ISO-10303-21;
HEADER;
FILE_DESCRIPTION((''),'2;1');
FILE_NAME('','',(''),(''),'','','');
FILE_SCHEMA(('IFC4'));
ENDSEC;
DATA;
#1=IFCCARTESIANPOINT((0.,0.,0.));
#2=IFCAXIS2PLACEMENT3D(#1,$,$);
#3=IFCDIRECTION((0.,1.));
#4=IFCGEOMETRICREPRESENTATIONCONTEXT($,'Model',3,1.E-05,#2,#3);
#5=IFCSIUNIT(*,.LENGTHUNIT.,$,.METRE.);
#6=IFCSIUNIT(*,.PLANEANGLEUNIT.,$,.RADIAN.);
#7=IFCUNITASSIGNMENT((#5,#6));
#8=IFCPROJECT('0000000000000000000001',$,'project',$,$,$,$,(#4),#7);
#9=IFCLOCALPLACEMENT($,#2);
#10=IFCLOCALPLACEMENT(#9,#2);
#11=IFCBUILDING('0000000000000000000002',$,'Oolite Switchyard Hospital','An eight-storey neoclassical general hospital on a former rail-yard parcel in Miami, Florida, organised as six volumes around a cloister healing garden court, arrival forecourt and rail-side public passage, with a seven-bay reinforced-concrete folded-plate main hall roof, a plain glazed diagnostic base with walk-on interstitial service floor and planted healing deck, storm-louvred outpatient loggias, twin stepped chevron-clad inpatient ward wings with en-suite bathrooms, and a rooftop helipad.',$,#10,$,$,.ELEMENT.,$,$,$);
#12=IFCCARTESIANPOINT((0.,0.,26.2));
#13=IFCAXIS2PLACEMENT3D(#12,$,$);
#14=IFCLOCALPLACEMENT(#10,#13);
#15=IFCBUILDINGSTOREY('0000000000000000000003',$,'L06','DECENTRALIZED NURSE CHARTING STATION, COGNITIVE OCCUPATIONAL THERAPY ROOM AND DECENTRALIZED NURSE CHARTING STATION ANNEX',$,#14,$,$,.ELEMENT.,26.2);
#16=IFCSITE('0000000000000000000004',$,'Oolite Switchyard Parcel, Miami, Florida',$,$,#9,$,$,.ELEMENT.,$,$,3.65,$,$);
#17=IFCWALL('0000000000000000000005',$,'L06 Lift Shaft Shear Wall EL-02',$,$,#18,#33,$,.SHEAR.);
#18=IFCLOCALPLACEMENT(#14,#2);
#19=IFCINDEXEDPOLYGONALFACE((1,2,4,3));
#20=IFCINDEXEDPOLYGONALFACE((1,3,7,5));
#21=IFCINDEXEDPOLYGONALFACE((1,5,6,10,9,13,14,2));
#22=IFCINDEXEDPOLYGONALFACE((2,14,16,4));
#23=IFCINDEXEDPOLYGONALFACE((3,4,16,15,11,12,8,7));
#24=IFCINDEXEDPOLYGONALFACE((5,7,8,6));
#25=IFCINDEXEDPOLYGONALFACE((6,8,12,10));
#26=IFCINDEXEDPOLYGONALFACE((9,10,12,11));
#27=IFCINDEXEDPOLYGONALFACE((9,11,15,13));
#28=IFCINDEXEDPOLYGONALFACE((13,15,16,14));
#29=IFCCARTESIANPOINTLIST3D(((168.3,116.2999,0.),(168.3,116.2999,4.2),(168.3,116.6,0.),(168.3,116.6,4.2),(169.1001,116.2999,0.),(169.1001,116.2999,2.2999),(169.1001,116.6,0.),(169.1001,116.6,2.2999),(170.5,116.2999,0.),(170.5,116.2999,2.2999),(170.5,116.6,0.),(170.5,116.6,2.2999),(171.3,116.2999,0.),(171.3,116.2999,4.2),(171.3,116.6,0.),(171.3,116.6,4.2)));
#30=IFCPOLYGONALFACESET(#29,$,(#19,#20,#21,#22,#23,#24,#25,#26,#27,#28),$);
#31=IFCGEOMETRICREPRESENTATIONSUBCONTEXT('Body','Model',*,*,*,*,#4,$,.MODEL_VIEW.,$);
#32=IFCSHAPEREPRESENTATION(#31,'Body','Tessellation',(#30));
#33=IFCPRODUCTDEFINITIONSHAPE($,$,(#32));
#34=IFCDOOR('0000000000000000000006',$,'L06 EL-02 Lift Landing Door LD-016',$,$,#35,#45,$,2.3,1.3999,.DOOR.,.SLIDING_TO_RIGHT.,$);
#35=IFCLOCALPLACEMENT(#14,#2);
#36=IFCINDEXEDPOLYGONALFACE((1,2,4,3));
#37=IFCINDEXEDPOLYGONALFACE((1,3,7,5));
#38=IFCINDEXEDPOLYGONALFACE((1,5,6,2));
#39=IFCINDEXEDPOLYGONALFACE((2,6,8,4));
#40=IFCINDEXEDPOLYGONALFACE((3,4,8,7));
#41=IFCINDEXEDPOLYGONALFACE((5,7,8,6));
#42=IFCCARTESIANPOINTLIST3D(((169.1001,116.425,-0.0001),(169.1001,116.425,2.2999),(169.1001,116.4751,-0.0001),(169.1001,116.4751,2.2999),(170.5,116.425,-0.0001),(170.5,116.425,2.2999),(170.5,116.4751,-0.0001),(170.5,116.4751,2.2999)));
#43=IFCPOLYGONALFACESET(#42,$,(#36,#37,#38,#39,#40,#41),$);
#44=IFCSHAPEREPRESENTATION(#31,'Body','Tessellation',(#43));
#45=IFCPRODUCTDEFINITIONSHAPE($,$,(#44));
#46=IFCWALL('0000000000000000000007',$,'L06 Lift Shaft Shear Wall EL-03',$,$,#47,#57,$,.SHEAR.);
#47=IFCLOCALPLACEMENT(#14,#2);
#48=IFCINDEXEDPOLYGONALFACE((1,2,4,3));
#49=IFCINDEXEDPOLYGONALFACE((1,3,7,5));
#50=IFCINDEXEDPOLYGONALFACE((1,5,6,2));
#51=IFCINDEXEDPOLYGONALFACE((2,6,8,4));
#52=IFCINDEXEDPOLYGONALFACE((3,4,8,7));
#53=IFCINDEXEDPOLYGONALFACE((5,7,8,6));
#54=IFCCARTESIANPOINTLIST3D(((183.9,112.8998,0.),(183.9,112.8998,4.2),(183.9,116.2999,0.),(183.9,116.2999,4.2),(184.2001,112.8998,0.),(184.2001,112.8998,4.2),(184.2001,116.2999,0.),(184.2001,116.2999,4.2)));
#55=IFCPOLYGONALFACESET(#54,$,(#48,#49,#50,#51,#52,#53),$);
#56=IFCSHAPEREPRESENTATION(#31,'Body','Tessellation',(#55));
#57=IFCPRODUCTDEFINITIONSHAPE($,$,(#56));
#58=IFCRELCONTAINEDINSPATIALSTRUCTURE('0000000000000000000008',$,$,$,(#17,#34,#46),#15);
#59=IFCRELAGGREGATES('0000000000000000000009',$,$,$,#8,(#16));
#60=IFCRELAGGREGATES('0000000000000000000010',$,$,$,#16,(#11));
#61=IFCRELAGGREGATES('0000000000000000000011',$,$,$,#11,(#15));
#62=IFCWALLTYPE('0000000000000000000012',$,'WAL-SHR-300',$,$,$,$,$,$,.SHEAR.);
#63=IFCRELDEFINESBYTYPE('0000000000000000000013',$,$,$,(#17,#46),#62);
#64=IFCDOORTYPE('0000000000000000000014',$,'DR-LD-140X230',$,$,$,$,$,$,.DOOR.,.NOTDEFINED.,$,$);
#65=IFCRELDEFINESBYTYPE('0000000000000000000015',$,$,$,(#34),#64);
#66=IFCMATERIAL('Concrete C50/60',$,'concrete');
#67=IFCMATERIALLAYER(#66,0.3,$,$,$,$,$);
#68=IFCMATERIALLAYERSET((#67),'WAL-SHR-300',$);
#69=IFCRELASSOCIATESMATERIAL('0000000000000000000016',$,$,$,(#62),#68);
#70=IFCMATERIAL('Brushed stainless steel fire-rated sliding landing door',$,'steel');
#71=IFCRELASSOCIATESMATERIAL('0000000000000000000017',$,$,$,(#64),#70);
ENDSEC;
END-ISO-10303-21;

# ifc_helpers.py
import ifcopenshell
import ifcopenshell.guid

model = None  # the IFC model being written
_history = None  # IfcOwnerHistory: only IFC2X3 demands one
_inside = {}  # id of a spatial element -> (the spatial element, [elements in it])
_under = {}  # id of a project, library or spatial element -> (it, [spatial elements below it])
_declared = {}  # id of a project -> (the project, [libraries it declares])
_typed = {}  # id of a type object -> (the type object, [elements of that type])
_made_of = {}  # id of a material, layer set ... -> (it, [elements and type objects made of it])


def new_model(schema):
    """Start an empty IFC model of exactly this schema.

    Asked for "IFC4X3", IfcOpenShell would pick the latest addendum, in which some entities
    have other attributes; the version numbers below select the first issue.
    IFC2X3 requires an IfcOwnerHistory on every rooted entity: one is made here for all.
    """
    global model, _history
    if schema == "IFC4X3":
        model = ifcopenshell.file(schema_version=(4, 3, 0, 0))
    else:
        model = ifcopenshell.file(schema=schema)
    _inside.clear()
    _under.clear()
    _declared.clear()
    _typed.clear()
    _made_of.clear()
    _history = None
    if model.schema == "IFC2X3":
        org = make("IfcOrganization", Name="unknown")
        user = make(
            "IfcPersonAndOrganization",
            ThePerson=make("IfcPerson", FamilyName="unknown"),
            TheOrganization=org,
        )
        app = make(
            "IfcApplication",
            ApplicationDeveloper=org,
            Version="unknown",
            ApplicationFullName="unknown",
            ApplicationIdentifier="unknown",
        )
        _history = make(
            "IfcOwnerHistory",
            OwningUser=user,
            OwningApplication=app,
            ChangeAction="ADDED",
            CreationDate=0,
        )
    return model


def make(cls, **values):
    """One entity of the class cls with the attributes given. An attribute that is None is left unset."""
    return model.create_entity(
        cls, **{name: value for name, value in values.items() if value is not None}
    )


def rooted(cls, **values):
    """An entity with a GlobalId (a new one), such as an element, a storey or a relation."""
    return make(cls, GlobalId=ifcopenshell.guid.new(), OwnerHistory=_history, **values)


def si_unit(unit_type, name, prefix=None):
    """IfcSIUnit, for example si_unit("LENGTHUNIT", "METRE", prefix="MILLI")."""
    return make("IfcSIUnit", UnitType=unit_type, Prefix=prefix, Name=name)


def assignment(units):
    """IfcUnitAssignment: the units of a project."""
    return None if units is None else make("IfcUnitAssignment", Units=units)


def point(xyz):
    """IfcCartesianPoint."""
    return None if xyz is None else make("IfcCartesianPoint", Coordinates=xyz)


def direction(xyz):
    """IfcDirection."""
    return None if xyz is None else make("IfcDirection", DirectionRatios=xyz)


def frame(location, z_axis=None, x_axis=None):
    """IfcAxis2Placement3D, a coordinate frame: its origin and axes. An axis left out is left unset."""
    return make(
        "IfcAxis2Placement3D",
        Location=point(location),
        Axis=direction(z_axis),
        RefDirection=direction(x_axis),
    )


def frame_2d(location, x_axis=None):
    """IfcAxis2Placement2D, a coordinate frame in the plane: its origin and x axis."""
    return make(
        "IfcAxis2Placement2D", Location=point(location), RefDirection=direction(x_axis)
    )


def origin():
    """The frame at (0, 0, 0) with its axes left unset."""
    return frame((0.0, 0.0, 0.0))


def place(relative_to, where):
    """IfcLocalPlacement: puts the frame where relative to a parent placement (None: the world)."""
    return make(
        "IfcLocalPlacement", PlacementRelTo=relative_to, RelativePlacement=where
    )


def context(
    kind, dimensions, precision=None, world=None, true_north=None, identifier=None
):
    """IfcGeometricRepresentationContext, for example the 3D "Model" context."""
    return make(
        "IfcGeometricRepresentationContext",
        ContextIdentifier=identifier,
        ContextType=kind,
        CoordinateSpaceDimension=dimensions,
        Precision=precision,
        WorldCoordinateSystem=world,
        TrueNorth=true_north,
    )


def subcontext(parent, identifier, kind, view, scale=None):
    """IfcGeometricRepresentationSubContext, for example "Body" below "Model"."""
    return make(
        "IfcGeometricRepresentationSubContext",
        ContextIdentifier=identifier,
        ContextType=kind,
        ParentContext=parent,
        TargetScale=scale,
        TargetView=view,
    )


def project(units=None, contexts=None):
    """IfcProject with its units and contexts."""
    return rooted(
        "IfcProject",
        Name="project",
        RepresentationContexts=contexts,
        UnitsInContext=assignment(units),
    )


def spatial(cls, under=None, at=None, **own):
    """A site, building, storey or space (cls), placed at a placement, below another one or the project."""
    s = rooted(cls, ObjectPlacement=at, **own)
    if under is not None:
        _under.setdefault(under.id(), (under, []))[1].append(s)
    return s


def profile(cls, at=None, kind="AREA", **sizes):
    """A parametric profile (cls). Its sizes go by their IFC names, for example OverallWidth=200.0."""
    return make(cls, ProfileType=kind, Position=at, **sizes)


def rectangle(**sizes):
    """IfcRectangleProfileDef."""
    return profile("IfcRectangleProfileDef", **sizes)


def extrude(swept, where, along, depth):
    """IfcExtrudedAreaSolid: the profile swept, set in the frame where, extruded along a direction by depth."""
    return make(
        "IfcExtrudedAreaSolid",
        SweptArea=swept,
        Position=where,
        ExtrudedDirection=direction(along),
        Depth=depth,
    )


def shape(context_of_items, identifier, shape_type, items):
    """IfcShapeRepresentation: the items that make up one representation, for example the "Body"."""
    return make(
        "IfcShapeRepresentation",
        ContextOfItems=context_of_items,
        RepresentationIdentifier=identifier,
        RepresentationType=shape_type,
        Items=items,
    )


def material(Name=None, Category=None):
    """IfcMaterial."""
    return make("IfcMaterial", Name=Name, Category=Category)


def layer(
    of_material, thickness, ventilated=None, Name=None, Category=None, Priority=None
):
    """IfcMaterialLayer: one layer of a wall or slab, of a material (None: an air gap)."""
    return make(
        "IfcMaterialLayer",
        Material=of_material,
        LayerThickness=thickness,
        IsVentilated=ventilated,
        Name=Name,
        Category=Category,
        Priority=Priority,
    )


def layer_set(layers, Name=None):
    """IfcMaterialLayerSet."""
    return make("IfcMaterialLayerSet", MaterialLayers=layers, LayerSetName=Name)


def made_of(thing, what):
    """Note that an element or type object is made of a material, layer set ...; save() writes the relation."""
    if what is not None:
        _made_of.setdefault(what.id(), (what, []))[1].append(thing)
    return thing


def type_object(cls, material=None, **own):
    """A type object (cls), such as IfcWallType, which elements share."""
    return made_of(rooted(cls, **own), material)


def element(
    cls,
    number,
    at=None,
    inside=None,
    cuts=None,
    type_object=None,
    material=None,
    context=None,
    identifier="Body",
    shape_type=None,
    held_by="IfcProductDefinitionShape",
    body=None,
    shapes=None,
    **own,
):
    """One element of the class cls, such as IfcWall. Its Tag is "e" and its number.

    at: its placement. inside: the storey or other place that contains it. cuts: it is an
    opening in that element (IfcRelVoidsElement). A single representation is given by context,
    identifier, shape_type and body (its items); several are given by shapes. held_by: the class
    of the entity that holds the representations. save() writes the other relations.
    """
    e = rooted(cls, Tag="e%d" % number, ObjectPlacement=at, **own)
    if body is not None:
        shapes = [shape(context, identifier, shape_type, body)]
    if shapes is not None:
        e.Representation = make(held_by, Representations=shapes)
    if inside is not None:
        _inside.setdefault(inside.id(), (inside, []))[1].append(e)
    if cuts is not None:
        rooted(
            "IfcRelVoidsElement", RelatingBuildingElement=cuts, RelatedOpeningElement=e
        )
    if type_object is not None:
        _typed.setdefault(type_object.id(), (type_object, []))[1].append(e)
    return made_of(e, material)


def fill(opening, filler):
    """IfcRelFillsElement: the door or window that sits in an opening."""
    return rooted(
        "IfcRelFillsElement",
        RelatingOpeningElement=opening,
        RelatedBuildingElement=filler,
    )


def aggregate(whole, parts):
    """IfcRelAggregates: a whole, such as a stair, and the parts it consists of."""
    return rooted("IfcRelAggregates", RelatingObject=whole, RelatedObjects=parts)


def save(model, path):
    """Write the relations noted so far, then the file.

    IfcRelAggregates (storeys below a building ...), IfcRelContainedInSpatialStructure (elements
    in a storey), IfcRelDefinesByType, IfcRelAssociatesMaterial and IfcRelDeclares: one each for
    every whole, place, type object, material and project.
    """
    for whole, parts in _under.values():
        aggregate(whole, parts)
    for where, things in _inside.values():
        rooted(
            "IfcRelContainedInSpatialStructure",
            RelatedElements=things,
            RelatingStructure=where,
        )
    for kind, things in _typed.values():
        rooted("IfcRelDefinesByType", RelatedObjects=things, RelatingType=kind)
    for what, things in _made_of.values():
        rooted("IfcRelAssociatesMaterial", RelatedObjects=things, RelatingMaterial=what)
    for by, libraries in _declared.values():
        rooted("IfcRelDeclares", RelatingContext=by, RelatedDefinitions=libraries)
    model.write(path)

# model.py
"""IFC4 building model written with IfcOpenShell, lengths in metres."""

from ifc_helpers import new_model, si_unit, direction, frame, frame_2d, origin, place, context, subcontext, project, spatial, rectangle, extrude, material, layer, layer_set, type_object, element, fill, save


model = new_model("IFC4")

# Units and contexts
model_context = context("Model", 3, precision=1e-05, world=origin(), true_north=direction((0.0, 1.0)))
body_context = subcontext(model_context, "Body", "Model", "MODEL_VIEW")
ifc_project = project(units=[si_unit("LENGTHUNIT", "METRE"), si_unit("PLANEANGLEUNIT", "RADIAN")], contexts=[model_context])

# Site, building, storey
site_placement = place(None, origin())
site = spatial("IfcSite", under=ifc_project, at=site_placement, Name="Oolite Switchyard Parcel, Miami, Florida", CompositionType="ELEMENT", RefElevation=3.65)
building_placement = place(site_placement, origin())
building = spatial("IfcBuilding", under=site, at=building_placement, Name="Oolite Switchyard Hospital", Description="An eight-storey neoclassical general hospital on a former rail-yard parcel in Miami, Florida, organised as six volumes around a cloister healing garden court, arrival forecourt and rail-side public passage, with a seven-bay reinforced-concrete folded-plate main hall roof, a plain glazed diagnostic base with walk-on interstitial service floor and planted healing deck, storm-louvred outpatient loggias, twin stepped chevron-clad inpatient ward wings with en-suite bathrooms, and a rooftop helipad.", CompositionType="ELEMENT")
storey_placement = place(building_placement, frame((0.0, 0.0, 26.2)))
storey = spatial("IfcBuildingStorey", under=building, at=storey_placement, Name="L06", Description="DECENTRALIZED NURSE CHARTING STATION, COGNITIVE OCCUPATIONAL THERAPY ROOM AND DECENTRALIZED NURSE CHARTING STATION ANNEX", CompositionType="ELEMENT", Elevation=26.2)

# Shared definitions
ifc_material_1 = material(Name="Concrete C50/60", Category="concrete")

# Wall, opening, door
ifc_layer_1 = layer(ifc_material_1, 0.3)
ifc_layer_set_1 = layer_set([ifc_layer_1], Name="WAL-SHR-300")
wall_type_1 = type_object("IfcWallType", Name="WAL-SHR-300", PredefinedType="SHEAR", material=ifc_layer_set_1)
wall_1_placement = place(storey_placement, frame((171.3, 116.45, 0.0), z_axis=(0.0, 0.0, 1.0), x_axis=(-1.0, 0.0, 0.0)))
wall_1 = element("IfcWall", 1, at=wall_1_placement, inside=storey, type_object=wall_type_1, Name="L06 Lift Shaft Shear Wall EL-02", PredefinedType="SHEAR", context=body_context, shape_type="SweptSolid", body=[
    extrude(rectangle(XDim=3.0, YDim=0.3, at=frame_2d((1.5, 0.0))), origin(), (0.0, 0.0, 1.0), 4.2),
])
opening_1_placement = place(wall_1_placement, frame((0.8, 0.0, 0.0)))
opening_1 = element("IfcOpeningElement", 2, at=opening_1_placement, cuts=wall_1, PredefinedType="OPENING", context=body_context, shape_type="SweptSolid", body=[
    extrude(rectangle(XDim=1.3999, YDim=2.3, at=frame_2d((0.7, 1.1499))), frame((0.0, 0.1602, 0.0), z_axis=(0.0, -1.0, 0.0), x_axis=(1.0, 0.0, 0.0)), (0.0, 0.0, 1.0), 0.3201),
])
ifc_material_2 = material(Name="Brushed stainless steel fire-rated sliding landing door", Category="steel")
door_type_1 = type_object("IfcDoorType", Name="DR-LD-140X230", OperationType="NOTDEFINED", PredefinedType="DOOR", material=ifc_material_2)
door_1_placement = place(opening_1_placement, origin())
door_1 = element("IfcDoor", 3, at=door_1_placement, inside=storey, type_object=door_type_1, Name="L06 EL-02 Lift Landing Door LD-016", OperationType="SLIDING_TO_RIGHT", OverallHeight=2.3, OverallWidth=1.3999, PredefinedType="DOOR", context=body_context, shape_type="SweptSolid", body=[
    extrude(rectangle(XDim=1.3999, YDim=2.3, at=frame_2d((0.7, 1.1499))), frame((0.0, 0.0249, 0.0), z_axis=(0.0, -1.0, 0.0), x_axis=(1.0, 0.0, 0.0)), (0.0, 0.0, 1.0), 0.05),
])
fill(opening_1, door_1)

# Wall
wall_2_placement = place(storey_placement, frame((184.05, 116.3, 0.0), z_axis=(0.0, 0.0, 1.0), x_axis=(0.0, -1.0, 0.0)))
element("IfcWall", 4, at=wall_2_placement, inside=storey, type_object=wall_type_1, Name="L06 Lift Shaft Shear Wall EL-03", PredefinedType="SHEAR", context=body_context, shape_type="SweptSolid", body=[
    extrude(rectangle(XDim=3.4001, YDim=0.3, at=frame_2d((1.7002, 0.0))), origin(), (0.0, 0.0, 1.0), 4.2),
])

save(model, "model.ifc")
